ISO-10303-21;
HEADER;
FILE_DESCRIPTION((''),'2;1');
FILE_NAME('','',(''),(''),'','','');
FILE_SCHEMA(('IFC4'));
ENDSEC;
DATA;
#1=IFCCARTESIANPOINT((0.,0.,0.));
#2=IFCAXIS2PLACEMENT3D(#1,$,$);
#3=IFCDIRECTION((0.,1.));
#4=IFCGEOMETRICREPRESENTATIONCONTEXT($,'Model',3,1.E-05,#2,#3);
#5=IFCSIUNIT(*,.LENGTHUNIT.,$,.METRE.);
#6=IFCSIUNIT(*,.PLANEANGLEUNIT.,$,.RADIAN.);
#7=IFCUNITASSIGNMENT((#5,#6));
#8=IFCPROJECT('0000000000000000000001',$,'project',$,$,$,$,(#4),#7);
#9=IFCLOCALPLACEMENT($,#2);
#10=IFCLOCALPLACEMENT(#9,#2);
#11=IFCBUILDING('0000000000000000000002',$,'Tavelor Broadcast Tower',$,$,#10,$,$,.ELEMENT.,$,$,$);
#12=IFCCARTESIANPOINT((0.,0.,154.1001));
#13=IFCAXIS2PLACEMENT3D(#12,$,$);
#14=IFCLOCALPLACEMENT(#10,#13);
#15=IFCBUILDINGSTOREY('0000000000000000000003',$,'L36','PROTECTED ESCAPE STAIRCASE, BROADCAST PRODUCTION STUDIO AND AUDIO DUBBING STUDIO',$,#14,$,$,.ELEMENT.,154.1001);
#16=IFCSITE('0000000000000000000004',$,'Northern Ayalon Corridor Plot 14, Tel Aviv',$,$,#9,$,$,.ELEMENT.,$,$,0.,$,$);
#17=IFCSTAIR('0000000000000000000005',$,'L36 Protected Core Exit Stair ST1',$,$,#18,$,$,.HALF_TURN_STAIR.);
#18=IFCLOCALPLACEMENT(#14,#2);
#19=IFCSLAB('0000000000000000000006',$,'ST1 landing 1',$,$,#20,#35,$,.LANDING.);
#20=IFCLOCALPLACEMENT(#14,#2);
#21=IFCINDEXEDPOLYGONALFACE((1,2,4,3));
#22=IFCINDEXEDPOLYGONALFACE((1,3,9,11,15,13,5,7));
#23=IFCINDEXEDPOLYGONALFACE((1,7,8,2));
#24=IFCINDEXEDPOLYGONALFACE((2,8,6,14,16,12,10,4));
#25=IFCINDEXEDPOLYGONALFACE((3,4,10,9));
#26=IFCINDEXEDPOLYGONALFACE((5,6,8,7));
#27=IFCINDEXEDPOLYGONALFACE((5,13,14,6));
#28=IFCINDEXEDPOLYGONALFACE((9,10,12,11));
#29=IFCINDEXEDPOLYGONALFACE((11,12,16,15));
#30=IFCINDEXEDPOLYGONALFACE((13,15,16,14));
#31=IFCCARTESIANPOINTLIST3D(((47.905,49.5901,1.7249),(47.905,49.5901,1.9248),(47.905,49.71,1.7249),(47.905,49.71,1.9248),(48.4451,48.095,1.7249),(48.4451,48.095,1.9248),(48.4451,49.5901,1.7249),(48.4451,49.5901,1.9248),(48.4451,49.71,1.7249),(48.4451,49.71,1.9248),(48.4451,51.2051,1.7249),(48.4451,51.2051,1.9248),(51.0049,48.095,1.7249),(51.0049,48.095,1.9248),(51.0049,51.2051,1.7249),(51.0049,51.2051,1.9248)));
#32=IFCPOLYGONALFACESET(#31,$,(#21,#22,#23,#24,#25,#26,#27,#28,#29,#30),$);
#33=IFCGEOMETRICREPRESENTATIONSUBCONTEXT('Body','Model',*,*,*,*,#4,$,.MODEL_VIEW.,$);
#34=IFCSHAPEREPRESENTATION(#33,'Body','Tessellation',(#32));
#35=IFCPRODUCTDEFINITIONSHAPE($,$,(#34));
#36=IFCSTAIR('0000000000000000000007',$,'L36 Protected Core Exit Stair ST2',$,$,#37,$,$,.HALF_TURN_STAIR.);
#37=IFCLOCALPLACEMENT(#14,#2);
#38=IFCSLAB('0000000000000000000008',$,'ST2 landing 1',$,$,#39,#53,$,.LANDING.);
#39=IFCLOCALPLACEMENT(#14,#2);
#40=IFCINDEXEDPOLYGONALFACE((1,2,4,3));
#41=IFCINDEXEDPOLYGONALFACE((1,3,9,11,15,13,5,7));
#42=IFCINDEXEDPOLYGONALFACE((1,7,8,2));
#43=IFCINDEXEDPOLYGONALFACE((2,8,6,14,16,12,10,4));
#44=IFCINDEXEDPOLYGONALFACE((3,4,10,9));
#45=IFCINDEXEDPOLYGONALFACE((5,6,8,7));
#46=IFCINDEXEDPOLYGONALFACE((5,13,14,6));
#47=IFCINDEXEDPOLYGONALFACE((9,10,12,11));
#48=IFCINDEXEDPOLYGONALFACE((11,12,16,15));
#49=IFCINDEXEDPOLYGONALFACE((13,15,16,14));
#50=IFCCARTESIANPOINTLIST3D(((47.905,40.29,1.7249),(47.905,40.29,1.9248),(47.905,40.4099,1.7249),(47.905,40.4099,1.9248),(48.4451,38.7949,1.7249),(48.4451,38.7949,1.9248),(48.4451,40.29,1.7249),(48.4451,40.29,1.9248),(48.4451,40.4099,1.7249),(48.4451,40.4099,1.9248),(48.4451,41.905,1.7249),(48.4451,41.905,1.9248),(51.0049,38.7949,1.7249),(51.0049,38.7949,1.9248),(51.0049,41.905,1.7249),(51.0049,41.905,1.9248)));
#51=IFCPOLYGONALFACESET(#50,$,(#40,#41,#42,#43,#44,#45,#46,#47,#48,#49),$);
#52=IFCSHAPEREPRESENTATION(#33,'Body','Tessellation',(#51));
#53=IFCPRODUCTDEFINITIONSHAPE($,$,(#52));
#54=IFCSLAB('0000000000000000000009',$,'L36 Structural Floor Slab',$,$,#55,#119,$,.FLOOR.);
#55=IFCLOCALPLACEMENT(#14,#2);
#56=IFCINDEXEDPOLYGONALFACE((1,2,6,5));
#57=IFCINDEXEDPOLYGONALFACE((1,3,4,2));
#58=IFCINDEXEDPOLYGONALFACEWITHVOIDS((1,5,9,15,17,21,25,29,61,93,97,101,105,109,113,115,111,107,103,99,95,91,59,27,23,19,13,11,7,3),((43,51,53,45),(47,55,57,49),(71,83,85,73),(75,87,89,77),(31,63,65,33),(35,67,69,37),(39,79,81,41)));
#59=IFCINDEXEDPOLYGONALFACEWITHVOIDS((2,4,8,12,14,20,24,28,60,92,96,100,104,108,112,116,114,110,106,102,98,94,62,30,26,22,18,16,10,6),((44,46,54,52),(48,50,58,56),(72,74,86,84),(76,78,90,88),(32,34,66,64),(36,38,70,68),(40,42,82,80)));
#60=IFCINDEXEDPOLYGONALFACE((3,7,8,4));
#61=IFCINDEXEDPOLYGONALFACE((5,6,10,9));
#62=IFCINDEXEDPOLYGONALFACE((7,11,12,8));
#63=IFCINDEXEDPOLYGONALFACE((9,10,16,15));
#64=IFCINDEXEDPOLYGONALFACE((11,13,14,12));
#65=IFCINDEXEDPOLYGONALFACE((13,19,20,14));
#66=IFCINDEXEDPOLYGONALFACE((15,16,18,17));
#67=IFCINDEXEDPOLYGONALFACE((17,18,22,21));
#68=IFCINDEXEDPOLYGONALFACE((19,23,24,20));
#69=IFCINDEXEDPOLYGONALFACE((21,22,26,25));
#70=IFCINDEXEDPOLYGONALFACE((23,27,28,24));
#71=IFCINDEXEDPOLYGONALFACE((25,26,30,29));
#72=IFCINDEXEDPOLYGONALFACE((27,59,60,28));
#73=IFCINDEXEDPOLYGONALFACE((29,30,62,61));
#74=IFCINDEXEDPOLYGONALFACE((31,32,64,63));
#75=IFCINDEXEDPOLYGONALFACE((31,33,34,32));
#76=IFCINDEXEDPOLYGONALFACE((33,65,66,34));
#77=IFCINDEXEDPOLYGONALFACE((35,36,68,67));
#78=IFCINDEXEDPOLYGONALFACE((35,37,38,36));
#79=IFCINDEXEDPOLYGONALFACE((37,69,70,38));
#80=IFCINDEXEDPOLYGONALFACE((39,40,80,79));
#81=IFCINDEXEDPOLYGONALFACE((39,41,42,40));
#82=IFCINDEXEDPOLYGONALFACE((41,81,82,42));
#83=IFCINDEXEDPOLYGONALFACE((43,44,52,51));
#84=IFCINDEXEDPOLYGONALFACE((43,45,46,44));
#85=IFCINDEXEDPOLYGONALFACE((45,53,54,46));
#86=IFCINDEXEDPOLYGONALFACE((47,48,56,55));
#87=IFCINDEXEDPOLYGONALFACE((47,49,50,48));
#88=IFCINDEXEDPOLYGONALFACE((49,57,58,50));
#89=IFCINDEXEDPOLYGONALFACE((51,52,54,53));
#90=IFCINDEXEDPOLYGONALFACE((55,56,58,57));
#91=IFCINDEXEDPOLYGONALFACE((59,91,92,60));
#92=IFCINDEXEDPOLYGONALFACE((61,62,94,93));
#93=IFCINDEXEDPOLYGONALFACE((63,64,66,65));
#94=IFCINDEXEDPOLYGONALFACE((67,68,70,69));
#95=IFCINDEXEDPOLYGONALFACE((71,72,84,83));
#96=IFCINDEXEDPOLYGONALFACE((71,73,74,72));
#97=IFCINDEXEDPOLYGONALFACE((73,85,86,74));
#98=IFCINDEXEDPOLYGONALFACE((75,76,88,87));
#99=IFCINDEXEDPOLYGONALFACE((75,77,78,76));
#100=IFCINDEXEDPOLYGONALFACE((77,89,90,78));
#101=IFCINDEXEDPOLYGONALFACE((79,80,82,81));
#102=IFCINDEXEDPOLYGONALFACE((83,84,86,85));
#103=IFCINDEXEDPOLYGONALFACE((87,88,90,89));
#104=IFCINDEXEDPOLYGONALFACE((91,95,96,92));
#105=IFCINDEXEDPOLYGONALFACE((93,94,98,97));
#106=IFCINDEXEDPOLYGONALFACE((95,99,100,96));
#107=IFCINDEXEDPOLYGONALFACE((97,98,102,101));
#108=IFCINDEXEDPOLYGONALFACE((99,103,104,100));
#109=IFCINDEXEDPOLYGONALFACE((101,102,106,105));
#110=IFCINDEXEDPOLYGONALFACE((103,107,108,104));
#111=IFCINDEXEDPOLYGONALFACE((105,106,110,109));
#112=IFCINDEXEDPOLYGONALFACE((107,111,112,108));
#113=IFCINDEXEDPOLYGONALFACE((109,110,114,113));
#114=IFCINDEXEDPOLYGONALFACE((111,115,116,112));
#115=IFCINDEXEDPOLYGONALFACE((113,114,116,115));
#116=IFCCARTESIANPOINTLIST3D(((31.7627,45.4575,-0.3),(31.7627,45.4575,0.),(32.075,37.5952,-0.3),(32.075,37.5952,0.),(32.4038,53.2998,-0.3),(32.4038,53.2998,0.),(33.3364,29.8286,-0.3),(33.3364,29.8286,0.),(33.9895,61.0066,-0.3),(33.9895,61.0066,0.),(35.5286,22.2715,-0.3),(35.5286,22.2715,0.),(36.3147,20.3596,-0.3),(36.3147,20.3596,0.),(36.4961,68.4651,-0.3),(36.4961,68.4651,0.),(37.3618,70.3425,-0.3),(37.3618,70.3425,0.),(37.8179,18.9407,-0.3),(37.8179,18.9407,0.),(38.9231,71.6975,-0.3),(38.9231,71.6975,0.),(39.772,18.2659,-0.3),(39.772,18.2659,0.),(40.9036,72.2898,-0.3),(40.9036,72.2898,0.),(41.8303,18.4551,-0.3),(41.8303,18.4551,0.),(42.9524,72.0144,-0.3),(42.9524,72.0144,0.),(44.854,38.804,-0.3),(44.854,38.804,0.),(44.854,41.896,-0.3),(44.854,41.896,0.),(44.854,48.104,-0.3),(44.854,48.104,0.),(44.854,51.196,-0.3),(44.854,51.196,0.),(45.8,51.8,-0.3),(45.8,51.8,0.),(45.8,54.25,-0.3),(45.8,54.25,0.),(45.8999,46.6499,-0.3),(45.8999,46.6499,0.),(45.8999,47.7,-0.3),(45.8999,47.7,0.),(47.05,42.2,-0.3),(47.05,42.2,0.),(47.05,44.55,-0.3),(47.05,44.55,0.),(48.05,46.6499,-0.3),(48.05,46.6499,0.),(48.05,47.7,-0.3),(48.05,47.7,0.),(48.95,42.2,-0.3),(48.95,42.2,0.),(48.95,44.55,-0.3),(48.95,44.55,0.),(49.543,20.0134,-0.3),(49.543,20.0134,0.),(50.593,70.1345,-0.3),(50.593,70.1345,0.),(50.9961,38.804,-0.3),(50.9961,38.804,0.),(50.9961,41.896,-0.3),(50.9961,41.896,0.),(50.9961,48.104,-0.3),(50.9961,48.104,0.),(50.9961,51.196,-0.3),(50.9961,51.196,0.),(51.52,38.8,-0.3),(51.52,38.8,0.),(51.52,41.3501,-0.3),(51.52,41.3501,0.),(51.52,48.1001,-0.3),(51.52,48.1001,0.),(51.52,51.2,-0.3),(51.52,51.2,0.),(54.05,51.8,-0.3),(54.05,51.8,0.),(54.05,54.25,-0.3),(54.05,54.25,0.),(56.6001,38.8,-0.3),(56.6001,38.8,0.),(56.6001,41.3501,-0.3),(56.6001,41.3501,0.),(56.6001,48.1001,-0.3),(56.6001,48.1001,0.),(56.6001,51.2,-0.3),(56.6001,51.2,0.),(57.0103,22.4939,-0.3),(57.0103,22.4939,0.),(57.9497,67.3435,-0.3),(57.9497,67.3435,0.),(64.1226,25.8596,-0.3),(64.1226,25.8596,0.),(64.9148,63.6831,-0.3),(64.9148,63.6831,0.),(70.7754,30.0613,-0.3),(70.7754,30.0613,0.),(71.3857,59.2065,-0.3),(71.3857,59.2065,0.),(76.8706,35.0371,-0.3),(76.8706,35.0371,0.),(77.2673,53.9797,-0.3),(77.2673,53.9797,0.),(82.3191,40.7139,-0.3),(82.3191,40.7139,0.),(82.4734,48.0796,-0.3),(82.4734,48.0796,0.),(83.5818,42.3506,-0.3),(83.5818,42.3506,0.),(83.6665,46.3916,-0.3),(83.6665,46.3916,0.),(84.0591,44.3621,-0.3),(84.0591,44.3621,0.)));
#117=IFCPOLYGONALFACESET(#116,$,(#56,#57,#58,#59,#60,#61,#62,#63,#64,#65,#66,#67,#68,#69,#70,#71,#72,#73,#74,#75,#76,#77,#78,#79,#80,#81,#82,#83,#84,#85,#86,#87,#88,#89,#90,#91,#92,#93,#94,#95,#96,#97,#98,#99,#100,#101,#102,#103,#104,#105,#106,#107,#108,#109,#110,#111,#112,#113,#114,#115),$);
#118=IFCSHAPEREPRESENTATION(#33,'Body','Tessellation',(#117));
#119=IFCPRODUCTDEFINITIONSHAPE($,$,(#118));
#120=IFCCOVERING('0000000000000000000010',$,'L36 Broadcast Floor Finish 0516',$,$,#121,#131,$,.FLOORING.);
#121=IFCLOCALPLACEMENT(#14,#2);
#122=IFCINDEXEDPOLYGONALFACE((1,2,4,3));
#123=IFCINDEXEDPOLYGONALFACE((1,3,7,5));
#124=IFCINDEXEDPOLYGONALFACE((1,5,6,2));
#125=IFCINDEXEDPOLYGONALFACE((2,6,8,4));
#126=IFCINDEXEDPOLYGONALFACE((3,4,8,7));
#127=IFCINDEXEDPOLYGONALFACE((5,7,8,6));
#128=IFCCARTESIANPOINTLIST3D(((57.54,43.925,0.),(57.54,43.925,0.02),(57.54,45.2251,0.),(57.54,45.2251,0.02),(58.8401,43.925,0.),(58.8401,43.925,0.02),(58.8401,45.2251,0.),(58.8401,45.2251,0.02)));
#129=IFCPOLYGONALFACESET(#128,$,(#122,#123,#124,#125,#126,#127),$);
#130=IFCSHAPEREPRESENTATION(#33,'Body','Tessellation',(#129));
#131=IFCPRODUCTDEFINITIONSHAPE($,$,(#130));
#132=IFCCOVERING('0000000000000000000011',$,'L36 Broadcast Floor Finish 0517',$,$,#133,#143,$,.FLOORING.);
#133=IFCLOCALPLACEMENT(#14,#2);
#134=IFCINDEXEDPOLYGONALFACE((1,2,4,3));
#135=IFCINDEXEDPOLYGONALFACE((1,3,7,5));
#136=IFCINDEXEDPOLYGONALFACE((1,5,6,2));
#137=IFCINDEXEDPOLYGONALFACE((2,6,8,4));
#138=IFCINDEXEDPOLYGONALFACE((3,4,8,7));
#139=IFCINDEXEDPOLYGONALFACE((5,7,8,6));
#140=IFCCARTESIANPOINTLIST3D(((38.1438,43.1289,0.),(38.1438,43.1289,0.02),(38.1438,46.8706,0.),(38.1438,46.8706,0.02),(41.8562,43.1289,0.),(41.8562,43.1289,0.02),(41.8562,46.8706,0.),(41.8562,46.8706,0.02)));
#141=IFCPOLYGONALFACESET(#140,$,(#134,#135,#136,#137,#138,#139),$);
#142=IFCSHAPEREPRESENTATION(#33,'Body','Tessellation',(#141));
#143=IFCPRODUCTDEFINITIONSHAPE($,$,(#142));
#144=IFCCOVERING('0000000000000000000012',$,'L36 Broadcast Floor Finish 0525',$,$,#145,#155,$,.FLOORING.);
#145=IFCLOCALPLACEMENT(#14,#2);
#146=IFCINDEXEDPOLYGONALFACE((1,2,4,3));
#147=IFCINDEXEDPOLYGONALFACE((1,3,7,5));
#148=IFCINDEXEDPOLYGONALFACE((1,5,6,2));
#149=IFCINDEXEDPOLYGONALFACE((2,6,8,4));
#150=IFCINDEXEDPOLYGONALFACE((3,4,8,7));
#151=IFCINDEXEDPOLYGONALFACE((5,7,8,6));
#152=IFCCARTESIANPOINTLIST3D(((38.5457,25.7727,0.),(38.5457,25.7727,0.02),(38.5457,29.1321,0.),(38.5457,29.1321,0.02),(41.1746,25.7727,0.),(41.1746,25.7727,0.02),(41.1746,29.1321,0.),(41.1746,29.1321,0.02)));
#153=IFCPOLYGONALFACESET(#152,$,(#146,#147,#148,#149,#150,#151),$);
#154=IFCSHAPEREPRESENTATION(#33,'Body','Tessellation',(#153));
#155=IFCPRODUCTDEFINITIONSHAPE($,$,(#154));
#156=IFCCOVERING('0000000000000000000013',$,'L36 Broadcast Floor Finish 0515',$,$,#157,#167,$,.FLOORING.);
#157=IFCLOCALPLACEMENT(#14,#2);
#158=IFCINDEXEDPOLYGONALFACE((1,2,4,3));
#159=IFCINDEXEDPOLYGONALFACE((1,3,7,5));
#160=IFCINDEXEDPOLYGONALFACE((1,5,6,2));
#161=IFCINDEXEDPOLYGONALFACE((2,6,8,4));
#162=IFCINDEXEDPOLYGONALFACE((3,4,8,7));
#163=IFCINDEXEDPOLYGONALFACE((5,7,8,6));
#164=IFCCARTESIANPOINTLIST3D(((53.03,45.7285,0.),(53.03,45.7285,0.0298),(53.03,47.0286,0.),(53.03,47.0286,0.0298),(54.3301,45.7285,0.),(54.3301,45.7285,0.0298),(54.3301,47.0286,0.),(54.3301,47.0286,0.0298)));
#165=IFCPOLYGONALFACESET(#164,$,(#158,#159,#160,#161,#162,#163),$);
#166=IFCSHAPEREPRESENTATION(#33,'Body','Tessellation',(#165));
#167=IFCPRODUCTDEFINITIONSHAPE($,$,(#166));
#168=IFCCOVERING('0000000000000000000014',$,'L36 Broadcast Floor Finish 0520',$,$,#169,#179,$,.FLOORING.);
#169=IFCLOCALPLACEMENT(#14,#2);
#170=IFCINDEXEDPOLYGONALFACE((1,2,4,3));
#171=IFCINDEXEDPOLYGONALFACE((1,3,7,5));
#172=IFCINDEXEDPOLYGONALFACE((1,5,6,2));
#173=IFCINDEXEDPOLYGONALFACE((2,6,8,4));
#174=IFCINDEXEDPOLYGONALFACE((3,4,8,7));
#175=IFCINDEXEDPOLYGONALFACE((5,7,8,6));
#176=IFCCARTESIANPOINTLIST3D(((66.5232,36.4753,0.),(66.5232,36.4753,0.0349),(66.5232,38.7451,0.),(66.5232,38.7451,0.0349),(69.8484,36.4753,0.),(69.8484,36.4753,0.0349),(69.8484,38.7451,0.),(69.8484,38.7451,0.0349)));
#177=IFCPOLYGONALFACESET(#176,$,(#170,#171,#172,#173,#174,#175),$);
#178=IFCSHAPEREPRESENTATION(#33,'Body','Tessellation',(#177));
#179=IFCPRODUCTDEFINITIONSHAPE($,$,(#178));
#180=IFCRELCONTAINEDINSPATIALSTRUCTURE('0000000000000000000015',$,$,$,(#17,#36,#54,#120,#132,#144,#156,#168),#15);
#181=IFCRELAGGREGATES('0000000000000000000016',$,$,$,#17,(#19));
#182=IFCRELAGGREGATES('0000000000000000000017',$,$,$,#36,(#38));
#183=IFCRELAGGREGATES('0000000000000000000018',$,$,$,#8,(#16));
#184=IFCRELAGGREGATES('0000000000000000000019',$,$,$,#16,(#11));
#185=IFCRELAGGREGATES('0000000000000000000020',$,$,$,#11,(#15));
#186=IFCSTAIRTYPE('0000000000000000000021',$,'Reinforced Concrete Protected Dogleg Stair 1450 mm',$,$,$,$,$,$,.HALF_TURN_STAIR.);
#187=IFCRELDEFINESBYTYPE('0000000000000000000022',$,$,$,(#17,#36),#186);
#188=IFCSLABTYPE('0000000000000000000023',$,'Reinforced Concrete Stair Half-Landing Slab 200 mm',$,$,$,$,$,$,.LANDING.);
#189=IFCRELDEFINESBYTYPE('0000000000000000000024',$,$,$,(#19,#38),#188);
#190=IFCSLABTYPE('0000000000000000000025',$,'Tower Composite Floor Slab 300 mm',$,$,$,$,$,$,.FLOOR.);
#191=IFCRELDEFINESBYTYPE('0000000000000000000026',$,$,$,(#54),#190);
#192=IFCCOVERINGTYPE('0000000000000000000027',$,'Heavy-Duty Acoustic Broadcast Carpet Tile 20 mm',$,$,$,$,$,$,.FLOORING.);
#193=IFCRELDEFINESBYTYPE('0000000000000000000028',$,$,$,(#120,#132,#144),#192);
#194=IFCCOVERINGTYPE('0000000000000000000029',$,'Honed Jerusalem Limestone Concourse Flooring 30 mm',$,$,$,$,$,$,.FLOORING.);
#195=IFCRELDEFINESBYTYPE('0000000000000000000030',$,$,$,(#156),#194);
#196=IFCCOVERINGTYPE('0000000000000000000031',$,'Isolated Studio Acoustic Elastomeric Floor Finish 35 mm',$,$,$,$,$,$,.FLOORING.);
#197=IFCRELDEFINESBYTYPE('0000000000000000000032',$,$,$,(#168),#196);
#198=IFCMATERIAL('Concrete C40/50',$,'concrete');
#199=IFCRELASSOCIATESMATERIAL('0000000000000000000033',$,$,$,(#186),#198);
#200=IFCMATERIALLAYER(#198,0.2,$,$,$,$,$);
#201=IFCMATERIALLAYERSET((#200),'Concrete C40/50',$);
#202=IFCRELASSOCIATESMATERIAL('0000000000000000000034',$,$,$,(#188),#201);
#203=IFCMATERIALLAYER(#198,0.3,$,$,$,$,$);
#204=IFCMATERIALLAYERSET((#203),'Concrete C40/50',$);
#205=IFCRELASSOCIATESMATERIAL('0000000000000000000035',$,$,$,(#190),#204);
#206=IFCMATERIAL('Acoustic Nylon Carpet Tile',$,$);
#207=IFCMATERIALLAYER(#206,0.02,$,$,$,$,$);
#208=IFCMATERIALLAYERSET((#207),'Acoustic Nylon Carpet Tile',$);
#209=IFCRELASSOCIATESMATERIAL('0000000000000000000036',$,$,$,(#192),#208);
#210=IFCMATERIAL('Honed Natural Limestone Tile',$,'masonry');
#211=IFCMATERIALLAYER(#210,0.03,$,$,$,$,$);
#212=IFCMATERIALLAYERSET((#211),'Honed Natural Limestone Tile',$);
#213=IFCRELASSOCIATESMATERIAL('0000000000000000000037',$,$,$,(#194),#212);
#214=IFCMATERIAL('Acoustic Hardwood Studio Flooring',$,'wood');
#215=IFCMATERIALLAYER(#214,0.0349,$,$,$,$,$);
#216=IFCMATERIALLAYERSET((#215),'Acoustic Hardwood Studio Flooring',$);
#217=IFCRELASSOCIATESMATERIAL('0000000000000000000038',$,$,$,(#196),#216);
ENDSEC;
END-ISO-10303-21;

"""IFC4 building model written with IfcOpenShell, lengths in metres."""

from ifc_helpers import new_model, si_unit, direction, frame, origin, place, context, subcontext, project, spatial, polyline, outline, extrude, material, layer, layer_set, type_object, element, aggregate, save


model = new_model("IFC4")

# Units and contexts
model_context = context("Model", 3, precision=1e-05, world=origin(), true_north=direction((0.0, 1.0)))
body_context = subcontext(model_context, "Body", "Model", "MODEL_VIEW")
ifc_project = project(units=[si_unit("LENGTHUNIT", "METRE"), si_unit("PLANEANGLEUNIT", "RADIAN")], contexts=[model_context])

# Site, building, storey
site_placement = place(None, origin())
site = spatial("IfcSite", under=ifc_project, at=site_placement, Name="Northern Ayalon Corridor Plot 14, Tel Aviv", CompositionType="ELEMENT", RefElevation=0.0)
building_placement = place(site_placement, origin())
building = spatial("IfcBuilding", under=site, at=building_placement, Name="Tavelor Broadcast Tower", CompositionType="ELEMENT")
storey_placement = place(building_placement, frame((0.0, 0.0, 154.1001)))
storey = spatial("IfcBuildingStorey", under=building, at=storey_placement, Name="L36", Description="PROTECTED ESCAPE STAIRCASE, BROADCAST PRODUCTION STUDIO AND AUDIO DUBBING STUDIO", CompositionType="ELEMENT", Elevation=154.1001)

# Stairs, slabs
ifc_material_1 = material(Name="Concrete C40/50", Category="concrete")
stair_type = type_object("IfcStairType", Name="Reinforced Concrete Protected Dogleg Stair 1450 mm", PredefinedType="HALF_TURN_STAIR", material=ifc_material_1)
stair_1_placement = place(storey_placement, origin())
stair_1 = element("IfcStair", 1, at=stair_1_placement, inside=storey, type_object=stair_type, Name="L36 Protected Core Exit Stair ST1", PredefinedType="HALF_TURN_STAIR")
ifc_layer_1 = layer(ifc_material_1, 0.2)
ifc_layer_set_1 = layer_set([ifc_layer_1], Name="Concrete C40/50")
slab_type_1 = type_object("IfcSlabType", Name="Reinforced Concrete Stair Half-Landing Slab 200 mm", PredefinedType="LANDING", material=ifc_layer_set_1)
slab_1_placement = place(storey_placement, frame((0.0, 0.0, 1.7249)))
slab_1 = element("IfcSlab", 2, at=slab_1_placement, type_object=slab_type_1, Name="ST1 landing 1", PredefinedType="LANDING", context=body_context, shape_type="SweptSolid", body=[
    extrude(outline(polyline([(48.4451, 49.5901), (48.4451, 48.095), (51.0049, 48.095), (51.0049, 51.2051), (48.4451, 51.2051), (48.4451, 49.71), (47.905, 49.71), (47.905, 49.5901), (48.4451, 49.5901)])), origin(), (0.0, 0.0, 1.0), 0.2),
])
aggregate(stair_1, [slab_1])
stair_2_placement = place(storey_placement, origin())
stair_2 = element("IfcStair", 3, at=stair_2_placement, inside=storey, type_object=stair_type, Name="L36 Protected Core Exit Stair ST2", PredefinedType="HALF_TURN_STAIR")
slab_2_placement = place(storey_placement, frame((0.0, 0.0, 1.7249)))
slab_2 = element("IfcSlab", 4, at=slab_2_placement, type_object=slab_type_1, Name="ST2 landing 1", PredefinedType="LANDING", context=body_context, shape_type="SweptSolid", body=[
    extrude(outline(polyline([(48.4451, 40.29), (48.4451, 38.7949), (51.0049, 38.7949), (51.0049, 41.905), (48.4451, 41.905), (48.4451, 40.4099), (47.905, 40.4099), (47.905, 40.29), (48.4451, 40.29)])), origin(), (0.0, 0.0, 1.0), 0.2),
])
aggregate(stair_2, [slab_2])

# Slab
ifc_layer_2 = layer(ifc_material_1, 0.3)
ifc_layer_set_2 = layer_set([ifc_layer_2], Name="Concrete C40/50")
slab_type_2 = type_object("IfcSlabType", Name="Tower Composite Floor Slab 300 mm", PredefinedType="FLOOR", material=ifc_layer_set_2)
slab_3_placement = place(storey_placement, frame((0.0, 0.0, -0.3)))
element("IfcSlab", 5, at=slab_3_placement, inside=storey, type_object=slab_type_2, Name="L36 Structural Floor Slab", PredefinedType="FLOOR", context=body_context, shape_type="SweptSolid", body=[
    extrude(outline(polyline([(42.9524, 72.0144), (40.9036, 72.2898), (38.9231, 71.6975), (37.3618, 70.3425), (36.4961, 68.4651), (33.9895, 61.0066), (32.4038, 53.2998), (31.7627, 45.4575), (32.075, 37.5952), (33.3364, 29.8286), (35.5286, 22.2715), (36.3147, 20.3596), (37.8179, 18.9407), (39.772, 18.2659), (41.8303, 18.4551), (49.543, 20.0134), (57.0103, 22.4939), (64.1226, 25.8596), (70.7754, 30.0613), (76.8706, 35.0371), (82.3191, 40.7139), (83.5818, 42.3506), (84.0591, 44.3621), (83.6665, 46.3916), (82.4734, 48.0796), (77.2673, 53.9797), (71.3857, 59.2065), (64.9148, 63.6831), (57.9497, 67.3435), (50.593, 70.1345), (42.9524, 72.0144)]), holes=[polyline([(56.6001, 41.3501), (56.6001, 38.8), (51.52, 38.8), (51.52, 41.3501), (56.6001, 41.3501)]), polyline([(50.9961, 38.804), (44.854, 38.804), (44.854, 41.896), (50.9961, 41.896), (50.9961, 38.804)]), polyline([(47.05, 42.2), (47.05, 44.55), (48.95, 44.55), (48.95, 42.2), (47.05, 42.2)]), polyline([(48.05, 46.6499), (45.8999, 46.6499), (45.8999, 47.7), (48.05, 47.7), (48.05, 46.6499)]), polyline([(50.9961, 48.104), (44.854, 48.104), (44.854, 51.196), (50.9961, 51.196), (50.9961, 48.104)]), polyline([(56.6001, 48.1001), (51.52, 48.1001), (51.52, 51.2), (56.6001, 51.2), (56.6001, 48.1001)]), polyline([(54.05, 51.8), (45.8, 51.8), (45.8, 54.25), (54.05, 54.25), (54.05, 51.8)])]), origin(), (0.0, 0.0, 1.0), 0.3),
])

# Coverings
ifc_material_2 = material(Name="Acoustic Nylon Carpet Tile")
ifc_layer_3 = layer(ifc_material_2, 0.02)
ifc_layer_set_3 = layer_set([ifc_layer_3], Name="Acoustic Nylon Carpet Tile")
covering_type_1 = type_object("IfcCoveringType", Name="Heavy-Duty Acoustic Broadcast Carpet Tile 20 mm", PredefinedType="FLOORING", material=ifc_layer_set_3)
covering_1_placement = place(storey_placement, origin())
element("IfcCovering", 6, at=covering_1_placement, inside=storey, type_object=covering_type_1, Name="L36 Broadcast Floor Finish 0516", PredefinedType="FLOORING", context=body_context, shape_type="SweptSolid", body=[
    extrude(outline(polyline([(57.54, 43.925), (58.8401, 43.925), (58.8401, 45.2251), (57.54, 45.2251), (57.54, 43.925)])), origin(), (0.0, 0.0, 1.0), 0.02),
])
covering_2_placement = place(storey_placement, origin())
element("IfcCovering", 7, at=covering_2_placement, inside=storey, type_object=covering_type_1, Name="L36 Broadcast Floor Finish 0517", PredefinedType="FLOORING", context=body_context, shape_type="SweptSolid", body=[
    extrude(outline(polyline([(38.1438, 43.1289), (41.8562, 43.1289), (41.8562, 46.8706), (38.1438, 46.8706), (38.1438, 43.1289)])), origin(), (0.0, 0.0, 1.0), 0.02),
])
covering_3_placement = place(storey_placement, origin())
element("IfcCovering", 8, at=covering_3_placement, inside=storey, type_object=covering_type_1, Name="L36 Broadcast Floor Finish 0525", PredefinedType="FLOORING", context=body_context, shape_type="SweptSolid", body=[
    extrude(outline(polyline([(38.5457, 25.7727), (41.1746, 25.7727), (41.1746, 29.1321), (38.5457, 29.1321), (38.5457, 25.7727)])), origin(), (0.0, 0.0, 1.0), 0.02),
])
ifc_material_3 = material(Name="Honed Natural Limestone Tile", Category="masonry")
ifc_layer_4 = layer(ifc_material_3, 0.03)
ifc_layer_set_4 = layer_set([ifc_layer_4], Name="Honed Natural Limestone Tile")
covering_type_2 = type_object("IfcCoveringType", Name="Honed Jerusalem Limestone Concourse Flooring 30 mm", PredefinedType="FLOORING", material=ifc_layer_set_4)
covering_4_placement = place(storey_placement, origin())
element("IfcCovering", 9, at=covering_4_placement, inside=storey, type_object=covering_type_2, Name="L36 Broadcast Floor Finish 0515", PredefinedType="FLOORING", context=body_context, shape_type="SweptSolid", body=[
    extrude(outline(polyline([(53.03, 45.7285), (54.3301, 45.7285), (54.3301, 47.0286), (53.03, 47.0286), (53.03, 45.7285)])), origin(), (0.0, 0.0, 1.0), 0.0298),
])
ifc_material_4 = material(Name="Acoustic Hardwood Studio Flooring", Category="wood")
ifc_layer_5 = layer(ifc_material_4, 0.0349)
ifc_layer_set_5 = layer_set([ifc_layer_5], Name="Acoustic Hardwood Studio Flooring")
covering_type_3 = type_object("IfcCoveringType", Name="Isolated Studio Acoustic Elastomeric Floor Finish 35 mm", PredefinedType="FLOORING", material=ifc_layer_set_5)
covering_5_placement = place(storey_placement, origin())
element("IfcCovering", 10, at=covering_5_placement, inside=storey, type_object=covering_type_3, Name="L36 Broadcast Floor Finish 0520", PredefinedType="FLOORING", context=body_context, shape_type="SweptSolid", body=[
    extrude(outline(polyline([(66.5232, 36.4753), (69.8484, 36.4753), (69.8484, 38.7451), (66.5232, 38.7451), (66.5232, 36.4753)])), origin(), (0.0, 0.0, 1.0), 0.0349),
])

save(model, "model.ifc")
